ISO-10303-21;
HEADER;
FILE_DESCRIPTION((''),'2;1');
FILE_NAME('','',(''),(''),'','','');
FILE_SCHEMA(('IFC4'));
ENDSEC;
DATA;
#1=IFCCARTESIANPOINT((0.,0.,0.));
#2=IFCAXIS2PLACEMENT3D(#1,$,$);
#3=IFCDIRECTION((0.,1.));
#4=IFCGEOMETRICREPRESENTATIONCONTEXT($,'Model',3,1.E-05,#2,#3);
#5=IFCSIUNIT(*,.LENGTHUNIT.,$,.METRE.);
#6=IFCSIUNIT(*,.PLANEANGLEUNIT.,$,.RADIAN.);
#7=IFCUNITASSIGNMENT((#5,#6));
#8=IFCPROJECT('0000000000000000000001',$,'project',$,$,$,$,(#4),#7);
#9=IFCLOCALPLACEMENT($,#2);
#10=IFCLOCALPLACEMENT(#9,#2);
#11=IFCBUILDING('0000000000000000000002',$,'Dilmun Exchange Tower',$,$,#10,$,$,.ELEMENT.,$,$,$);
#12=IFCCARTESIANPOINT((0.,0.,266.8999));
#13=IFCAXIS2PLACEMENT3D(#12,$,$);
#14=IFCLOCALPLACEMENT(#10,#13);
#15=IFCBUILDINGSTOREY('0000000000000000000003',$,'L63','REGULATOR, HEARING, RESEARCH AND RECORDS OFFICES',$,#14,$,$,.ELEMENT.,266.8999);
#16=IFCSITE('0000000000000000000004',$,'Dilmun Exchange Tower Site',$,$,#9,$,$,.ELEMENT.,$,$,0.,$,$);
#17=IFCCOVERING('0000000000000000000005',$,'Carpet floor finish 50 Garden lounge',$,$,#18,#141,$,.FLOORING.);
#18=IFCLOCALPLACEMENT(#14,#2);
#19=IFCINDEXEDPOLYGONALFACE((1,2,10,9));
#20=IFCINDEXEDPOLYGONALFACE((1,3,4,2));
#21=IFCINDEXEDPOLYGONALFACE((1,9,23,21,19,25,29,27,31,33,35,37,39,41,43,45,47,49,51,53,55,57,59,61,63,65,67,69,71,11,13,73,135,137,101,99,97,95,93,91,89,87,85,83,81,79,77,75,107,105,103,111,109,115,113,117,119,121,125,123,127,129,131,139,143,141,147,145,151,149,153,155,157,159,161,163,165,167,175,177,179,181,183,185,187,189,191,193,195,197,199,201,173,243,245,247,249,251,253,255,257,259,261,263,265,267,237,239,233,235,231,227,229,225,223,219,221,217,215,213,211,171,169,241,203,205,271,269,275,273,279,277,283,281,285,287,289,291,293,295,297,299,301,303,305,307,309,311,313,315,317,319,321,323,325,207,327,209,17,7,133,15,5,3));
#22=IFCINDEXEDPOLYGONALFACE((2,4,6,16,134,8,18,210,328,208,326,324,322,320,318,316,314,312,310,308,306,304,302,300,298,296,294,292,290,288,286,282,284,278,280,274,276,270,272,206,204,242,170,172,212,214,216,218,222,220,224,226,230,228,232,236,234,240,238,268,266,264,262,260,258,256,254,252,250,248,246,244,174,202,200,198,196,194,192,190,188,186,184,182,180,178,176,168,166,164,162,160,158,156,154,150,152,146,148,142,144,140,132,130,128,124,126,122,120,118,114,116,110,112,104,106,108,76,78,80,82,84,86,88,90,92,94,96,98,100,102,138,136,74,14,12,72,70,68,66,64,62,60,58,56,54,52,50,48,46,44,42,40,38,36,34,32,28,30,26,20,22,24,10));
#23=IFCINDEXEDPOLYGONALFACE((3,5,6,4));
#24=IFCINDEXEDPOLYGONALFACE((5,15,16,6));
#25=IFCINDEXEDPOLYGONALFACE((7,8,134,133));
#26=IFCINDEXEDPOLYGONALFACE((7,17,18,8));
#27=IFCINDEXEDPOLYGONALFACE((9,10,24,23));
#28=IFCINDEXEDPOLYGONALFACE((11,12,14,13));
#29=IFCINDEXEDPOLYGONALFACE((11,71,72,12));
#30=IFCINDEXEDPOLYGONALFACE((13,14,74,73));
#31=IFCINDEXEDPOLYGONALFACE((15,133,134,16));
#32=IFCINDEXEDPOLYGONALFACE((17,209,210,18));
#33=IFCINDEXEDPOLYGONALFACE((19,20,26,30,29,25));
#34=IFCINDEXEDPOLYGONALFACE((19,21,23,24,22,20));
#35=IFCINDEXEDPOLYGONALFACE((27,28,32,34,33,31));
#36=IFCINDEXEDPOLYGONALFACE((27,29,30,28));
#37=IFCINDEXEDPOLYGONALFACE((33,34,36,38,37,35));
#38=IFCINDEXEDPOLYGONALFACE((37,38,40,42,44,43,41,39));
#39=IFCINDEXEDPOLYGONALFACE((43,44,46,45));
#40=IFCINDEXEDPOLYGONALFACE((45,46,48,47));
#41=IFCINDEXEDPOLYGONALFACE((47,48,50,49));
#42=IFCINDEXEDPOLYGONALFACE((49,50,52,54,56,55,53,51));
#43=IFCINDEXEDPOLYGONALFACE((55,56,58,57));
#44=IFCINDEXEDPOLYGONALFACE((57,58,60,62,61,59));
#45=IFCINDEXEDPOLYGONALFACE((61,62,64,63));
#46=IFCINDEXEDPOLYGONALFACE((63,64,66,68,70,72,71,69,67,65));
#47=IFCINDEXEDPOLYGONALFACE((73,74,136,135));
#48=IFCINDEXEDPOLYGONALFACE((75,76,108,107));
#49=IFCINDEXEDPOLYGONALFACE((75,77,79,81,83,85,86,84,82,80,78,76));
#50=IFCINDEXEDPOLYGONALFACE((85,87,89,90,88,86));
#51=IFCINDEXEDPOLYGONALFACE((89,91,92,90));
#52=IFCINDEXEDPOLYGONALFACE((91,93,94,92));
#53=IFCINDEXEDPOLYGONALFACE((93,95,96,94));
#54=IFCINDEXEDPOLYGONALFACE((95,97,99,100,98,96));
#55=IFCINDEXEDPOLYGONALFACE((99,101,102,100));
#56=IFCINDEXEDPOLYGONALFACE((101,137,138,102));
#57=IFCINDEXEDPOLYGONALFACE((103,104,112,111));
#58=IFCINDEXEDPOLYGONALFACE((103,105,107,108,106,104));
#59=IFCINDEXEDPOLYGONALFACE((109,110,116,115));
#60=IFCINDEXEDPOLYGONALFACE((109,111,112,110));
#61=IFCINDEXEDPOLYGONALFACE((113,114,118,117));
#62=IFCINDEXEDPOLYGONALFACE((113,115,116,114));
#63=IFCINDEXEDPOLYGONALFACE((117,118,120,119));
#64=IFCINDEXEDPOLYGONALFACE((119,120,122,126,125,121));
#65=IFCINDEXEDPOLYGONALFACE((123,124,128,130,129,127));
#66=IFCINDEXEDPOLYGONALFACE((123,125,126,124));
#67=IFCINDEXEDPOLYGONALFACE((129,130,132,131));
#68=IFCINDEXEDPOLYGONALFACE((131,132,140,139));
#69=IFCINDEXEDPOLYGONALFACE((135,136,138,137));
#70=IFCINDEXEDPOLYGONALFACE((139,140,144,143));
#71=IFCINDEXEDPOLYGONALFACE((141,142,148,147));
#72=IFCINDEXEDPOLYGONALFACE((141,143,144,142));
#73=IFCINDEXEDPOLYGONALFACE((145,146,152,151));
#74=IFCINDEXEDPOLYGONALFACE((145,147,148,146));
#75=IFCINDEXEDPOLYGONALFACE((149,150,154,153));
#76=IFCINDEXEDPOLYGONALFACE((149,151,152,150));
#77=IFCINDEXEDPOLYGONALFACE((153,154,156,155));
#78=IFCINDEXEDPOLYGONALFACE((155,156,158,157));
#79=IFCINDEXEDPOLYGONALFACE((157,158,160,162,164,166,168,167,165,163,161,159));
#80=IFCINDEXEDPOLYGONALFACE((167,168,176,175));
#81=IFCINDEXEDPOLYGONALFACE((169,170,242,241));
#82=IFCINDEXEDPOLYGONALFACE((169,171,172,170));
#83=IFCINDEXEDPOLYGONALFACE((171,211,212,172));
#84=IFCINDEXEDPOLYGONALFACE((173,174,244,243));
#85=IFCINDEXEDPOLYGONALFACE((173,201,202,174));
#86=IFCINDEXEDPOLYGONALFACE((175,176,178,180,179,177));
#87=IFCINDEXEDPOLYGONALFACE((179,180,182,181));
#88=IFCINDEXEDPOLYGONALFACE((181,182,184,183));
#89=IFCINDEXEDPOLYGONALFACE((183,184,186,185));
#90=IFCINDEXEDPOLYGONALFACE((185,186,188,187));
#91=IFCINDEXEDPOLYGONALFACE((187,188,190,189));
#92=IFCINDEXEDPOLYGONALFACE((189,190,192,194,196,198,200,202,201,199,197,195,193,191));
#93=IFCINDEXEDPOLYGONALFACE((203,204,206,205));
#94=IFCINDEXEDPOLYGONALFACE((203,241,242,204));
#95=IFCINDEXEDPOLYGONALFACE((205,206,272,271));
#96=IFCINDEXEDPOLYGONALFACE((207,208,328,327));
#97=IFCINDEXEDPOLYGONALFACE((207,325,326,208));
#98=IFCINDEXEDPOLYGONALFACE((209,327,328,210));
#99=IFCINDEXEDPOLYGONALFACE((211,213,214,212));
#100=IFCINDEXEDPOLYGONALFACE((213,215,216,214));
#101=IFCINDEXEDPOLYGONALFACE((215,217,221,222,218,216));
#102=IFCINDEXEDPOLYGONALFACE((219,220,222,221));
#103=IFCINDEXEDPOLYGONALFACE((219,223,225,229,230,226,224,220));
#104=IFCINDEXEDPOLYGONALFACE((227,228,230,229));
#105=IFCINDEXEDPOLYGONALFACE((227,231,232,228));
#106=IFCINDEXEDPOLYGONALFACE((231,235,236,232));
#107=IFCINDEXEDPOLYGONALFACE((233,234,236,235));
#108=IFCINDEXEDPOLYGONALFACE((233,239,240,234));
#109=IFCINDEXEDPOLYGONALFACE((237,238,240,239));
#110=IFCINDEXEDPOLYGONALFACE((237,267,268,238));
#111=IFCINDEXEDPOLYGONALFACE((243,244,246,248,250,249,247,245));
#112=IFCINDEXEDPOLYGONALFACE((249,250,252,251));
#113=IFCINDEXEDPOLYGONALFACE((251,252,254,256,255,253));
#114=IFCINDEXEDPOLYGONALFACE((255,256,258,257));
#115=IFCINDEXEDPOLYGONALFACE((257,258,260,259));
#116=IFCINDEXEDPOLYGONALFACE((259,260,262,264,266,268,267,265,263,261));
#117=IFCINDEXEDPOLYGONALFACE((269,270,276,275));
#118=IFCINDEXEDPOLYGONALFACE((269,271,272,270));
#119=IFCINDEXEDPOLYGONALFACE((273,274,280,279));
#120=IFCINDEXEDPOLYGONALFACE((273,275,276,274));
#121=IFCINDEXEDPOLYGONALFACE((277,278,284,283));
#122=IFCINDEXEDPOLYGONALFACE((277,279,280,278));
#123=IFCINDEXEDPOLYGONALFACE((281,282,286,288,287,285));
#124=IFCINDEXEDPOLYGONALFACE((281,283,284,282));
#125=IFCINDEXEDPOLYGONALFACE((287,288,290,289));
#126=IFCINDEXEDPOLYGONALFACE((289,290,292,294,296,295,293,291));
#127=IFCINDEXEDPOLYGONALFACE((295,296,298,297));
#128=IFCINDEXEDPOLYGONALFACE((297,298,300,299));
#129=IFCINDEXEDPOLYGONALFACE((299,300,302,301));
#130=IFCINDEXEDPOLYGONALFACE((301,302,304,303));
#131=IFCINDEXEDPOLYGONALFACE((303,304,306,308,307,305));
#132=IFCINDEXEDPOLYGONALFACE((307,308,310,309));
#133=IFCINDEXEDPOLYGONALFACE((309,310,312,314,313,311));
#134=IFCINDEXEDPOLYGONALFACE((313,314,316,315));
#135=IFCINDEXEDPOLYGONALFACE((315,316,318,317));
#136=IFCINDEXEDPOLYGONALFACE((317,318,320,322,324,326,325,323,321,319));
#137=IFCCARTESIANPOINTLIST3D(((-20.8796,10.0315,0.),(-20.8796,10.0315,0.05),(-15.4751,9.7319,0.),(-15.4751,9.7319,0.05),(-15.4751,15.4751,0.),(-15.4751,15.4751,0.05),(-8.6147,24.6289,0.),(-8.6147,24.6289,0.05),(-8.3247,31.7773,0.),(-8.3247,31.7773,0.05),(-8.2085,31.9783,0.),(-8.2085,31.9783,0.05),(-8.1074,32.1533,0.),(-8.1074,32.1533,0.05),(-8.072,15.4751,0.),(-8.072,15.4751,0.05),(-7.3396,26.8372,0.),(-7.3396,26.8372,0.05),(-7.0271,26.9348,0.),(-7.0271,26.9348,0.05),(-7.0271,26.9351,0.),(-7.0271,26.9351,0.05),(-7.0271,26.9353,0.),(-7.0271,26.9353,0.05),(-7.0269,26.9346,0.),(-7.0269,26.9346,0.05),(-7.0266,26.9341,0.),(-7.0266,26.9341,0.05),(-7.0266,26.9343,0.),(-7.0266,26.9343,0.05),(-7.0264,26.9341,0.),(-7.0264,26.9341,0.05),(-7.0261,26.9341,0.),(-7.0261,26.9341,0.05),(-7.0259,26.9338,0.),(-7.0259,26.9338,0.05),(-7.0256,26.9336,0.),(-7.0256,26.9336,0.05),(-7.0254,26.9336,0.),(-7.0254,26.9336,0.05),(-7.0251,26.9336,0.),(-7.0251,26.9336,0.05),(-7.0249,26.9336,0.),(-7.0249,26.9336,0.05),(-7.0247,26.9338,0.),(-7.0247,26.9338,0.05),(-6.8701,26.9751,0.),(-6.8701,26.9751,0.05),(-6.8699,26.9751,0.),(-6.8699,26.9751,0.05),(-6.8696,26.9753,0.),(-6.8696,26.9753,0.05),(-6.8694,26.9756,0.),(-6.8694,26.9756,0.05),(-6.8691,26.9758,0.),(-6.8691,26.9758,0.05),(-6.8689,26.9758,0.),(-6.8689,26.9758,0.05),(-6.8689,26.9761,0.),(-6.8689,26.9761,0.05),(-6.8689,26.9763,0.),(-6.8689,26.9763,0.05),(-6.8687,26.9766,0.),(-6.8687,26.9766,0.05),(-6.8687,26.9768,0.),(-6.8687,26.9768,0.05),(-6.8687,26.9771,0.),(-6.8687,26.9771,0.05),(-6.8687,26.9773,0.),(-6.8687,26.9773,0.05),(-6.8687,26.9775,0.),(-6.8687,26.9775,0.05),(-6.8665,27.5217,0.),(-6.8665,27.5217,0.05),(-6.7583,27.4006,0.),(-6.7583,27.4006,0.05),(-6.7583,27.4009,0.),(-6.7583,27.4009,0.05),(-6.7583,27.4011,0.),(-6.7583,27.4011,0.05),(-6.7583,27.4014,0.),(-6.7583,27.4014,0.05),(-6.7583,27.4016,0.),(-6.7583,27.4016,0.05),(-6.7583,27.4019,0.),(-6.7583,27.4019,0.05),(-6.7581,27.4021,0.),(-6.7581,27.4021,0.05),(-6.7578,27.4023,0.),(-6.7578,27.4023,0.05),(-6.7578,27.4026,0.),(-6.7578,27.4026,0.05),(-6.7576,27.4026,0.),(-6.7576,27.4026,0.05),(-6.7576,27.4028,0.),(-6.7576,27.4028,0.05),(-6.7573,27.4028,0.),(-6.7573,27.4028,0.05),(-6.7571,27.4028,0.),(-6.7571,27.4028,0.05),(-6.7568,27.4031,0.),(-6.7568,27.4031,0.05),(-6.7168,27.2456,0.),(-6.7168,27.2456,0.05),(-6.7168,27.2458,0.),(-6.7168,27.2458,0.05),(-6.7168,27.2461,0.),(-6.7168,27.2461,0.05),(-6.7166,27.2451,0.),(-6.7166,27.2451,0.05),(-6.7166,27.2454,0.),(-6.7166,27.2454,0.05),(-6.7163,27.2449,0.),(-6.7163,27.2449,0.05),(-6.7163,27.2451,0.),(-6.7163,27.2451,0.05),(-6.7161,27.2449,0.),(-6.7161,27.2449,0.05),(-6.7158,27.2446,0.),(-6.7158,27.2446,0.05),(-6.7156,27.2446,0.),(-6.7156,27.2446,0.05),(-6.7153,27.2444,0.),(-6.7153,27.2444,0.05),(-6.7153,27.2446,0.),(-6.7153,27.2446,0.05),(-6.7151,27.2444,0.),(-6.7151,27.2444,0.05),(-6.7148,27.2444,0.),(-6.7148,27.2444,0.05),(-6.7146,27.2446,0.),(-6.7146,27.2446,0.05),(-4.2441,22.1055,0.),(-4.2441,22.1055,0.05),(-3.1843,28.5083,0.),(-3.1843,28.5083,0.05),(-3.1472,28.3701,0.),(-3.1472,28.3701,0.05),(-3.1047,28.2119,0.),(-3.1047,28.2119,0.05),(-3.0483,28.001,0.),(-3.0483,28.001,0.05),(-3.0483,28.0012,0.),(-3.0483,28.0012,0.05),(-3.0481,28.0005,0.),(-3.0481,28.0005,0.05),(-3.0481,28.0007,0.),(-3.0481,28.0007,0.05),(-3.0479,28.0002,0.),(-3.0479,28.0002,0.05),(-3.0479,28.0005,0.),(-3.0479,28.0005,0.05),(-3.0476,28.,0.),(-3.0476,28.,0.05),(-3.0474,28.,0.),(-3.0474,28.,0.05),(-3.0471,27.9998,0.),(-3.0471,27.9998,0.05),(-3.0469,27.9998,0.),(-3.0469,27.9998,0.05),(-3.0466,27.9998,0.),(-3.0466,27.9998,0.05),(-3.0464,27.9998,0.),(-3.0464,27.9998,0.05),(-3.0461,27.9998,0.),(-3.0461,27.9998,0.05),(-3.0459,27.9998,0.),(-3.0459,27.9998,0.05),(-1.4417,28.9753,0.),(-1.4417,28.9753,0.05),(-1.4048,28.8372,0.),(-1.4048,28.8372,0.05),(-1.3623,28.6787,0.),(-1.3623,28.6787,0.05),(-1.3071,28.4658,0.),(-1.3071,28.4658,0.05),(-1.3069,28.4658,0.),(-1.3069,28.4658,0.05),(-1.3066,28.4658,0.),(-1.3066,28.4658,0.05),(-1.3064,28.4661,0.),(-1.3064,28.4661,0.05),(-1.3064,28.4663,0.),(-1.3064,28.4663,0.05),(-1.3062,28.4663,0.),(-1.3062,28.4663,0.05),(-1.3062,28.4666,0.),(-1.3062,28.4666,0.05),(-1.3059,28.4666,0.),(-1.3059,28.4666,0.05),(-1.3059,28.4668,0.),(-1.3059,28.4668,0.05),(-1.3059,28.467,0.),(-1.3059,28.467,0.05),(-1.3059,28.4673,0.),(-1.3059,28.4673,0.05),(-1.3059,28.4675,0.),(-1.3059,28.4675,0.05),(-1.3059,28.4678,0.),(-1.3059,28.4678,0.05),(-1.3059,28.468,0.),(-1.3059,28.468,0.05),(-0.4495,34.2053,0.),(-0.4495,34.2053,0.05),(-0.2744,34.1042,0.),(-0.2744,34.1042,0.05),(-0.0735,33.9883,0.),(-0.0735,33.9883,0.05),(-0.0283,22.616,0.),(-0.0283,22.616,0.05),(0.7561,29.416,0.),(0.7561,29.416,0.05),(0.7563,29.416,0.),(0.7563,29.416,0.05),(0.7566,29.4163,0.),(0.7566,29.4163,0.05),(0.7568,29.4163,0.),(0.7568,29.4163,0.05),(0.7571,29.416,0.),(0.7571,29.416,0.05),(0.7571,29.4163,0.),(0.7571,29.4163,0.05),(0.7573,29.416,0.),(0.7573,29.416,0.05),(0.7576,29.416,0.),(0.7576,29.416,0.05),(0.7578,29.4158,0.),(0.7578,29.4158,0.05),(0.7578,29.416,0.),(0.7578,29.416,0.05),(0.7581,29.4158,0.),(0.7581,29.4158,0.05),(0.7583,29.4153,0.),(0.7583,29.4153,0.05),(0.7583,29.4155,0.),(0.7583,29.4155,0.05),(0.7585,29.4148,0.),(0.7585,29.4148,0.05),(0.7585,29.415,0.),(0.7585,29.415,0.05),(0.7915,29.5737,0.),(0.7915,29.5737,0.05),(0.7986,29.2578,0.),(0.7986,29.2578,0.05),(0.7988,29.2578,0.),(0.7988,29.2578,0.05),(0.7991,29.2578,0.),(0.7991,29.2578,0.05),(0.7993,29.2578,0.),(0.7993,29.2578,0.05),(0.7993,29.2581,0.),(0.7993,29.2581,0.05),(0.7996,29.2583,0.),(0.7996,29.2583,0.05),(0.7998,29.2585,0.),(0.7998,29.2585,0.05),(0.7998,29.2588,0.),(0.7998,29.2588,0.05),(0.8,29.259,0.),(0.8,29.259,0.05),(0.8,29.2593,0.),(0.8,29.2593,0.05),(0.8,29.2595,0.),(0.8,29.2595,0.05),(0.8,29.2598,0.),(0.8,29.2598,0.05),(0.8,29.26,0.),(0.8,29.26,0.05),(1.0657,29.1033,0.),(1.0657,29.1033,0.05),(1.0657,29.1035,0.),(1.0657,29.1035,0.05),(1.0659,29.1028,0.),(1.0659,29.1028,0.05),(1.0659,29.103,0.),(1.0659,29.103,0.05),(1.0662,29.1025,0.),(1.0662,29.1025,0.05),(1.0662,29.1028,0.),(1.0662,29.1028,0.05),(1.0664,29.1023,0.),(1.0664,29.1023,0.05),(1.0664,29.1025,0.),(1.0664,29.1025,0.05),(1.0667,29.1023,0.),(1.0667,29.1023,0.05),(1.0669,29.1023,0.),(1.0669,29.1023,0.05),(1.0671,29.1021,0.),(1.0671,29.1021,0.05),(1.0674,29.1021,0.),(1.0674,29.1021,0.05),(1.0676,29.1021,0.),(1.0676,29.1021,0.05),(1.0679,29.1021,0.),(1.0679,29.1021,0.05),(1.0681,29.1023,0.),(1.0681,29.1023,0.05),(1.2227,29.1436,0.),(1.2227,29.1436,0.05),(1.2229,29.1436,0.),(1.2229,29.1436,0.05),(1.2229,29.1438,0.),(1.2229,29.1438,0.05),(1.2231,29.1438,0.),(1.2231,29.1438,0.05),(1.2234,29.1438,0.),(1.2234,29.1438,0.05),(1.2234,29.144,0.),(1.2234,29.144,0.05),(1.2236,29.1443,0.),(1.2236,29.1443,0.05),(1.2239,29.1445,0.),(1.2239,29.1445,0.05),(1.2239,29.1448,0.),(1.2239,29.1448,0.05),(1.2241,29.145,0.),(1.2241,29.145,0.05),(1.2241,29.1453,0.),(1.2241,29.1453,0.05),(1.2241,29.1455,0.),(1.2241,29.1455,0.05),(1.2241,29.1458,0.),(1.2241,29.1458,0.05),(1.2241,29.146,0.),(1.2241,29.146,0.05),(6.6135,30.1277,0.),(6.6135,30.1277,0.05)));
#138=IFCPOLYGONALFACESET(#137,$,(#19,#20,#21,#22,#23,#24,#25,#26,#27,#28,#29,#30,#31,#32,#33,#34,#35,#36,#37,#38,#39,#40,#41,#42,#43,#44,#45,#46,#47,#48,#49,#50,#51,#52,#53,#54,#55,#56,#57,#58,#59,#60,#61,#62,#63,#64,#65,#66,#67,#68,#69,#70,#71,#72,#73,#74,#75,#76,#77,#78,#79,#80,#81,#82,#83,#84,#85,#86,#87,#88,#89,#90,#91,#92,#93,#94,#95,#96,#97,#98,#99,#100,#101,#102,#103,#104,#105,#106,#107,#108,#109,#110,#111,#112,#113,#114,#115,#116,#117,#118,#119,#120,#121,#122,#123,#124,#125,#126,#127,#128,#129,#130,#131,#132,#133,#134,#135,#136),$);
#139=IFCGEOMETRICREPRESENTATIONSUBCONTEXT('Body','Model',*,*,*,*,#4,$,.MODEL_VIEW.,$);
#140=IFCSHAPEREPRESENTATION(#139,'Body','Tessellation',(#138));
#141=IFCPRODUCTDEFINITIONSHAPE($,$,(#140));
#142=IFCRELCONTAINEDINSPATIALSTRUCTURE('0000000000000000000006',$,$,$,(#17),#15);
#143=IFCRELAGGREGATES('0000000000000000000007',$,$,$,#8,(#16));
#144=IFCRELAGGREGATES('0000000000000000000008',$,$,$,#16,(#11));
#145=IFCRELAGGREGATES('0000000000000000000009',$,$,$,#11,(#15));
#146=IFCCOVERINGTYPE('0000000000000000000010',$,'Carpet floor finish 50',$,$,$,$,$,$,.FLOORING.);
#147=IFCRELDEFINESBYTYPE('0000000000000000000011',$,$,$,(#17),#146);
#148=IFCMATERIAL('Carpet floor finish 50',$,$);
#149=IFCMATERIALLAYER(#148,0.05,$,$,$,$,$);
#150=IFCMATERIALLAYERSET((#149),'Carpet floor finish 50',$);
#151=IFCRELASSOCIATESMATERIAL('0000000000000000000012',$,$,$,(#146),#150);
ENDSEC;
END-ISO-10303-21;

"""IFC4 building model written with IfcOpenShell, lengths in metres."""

from ifc_helpers import new_model, si_unit, direction, frame, origin, place, context, subcontext, project, spatial, polyline, outline, extrude, material, layer, layer_set, type_object, element, save


model = new_model("IFC4")

# Units and contexts
model_context = context("Model", 3, precision=1e-05, world=origin(), true_north=direction((0.0, 1.0)))
body_context = subcontext(model_context, "Body", "Model", "MODEL_VIEW")
ifc_project = project(units=[si_unit("LENGTHUNIT", "METRE"), si_unit("PLANEANGLEUNIT", "RADIAN")], contexts=[model_context])

# Site, building, storey
site_placement = place(None, origin())
site = spatial("IfcSite", under=ifc_project, at=site_placement, Name="Dilmun Exchange Tower Site", CompositionType="ELEMENT", RefElevation=0.0)
building_placement = place(site_placement, origin())
building = spatial("IfcBuilding", under=site, at=building_placement, Name="Dilmun Exchange Tower", CompositionType="ELEMENT")
storey_placement = place(building_placement, frame((0.0, 0.0, 266.8999)))
storey = spatial("IfcBuildingStorey", under=building, at=storey_placement, Name="L63", Description="REGULATOR, HEARING, RESEARCH AND RECORDS OFFICES", CompositionType="ELEMENT", Elevation=266.8999)

# Covering
ifc_material_1 = material(Name="Carpet floor finish 50")
ifc_layer_1 = layer(ifc_material_1, 0.05)
ifc_layer_set_1 = layer_set([ifc_layer_1], Name="Carpet floor finish 50")
covering_type_1 = type_object("IfcCoveringType", Name="Carpet floor finish 50", PredefinedType="FLOORING", material=ifc_layer_set_1)
covering_1_placement = place(storey_placement, origin())
element("IfcCovering", 1, at=covering_1_placement, inside=storey, type_object=covering_type_1, Name="Carpet floor finish 50 Garden lounge", PredefinedType="FLOORING", context=body_context, shape_type="SweptSolid", body=[
    extrude(outline(polyline([(-0.0283, 22.616), (-7.3396, 26.8372), (-8.6147, 24.6289), (-4.2441, 22.1055), (-8.072, 15.4751), (-15.4751, 15.4751), (-15.4751, 9.7319), (-20.8796, 10.0315), (-8.3247, 31.7773), (-7.0271, 26.9353), (-7.0271, 26.9351), (-7.0271, 26.9348), (-7.0269, 26.9346), (-7.0269, 26.9346), (-7.0266, 26.9343), (-7.0266, 26.9341), (-7.0264, 26.9341), (-7.0261, 26.9341), (-7.0259, 26.9338), (-7.0259, 26.9338), (-7.0256, 26.9336), (-7.0254, 26.9336), (-7.0251, 26.9336), (-7.0249, 26.9336), (-7.0249, 26.9336), (-7.0247, 26.9338), (-6.8701, 26.9751), (-6.8699, 26.9751), (-6.8696, 26.9753), (-6.8696, 26.9753), (-6.8694, 26.9756), (-6.8694, 26.9756), (-6.8691, 26.9758), (-6.8689, 26.9758), (-6.8689, 26.9761), (-6.8689, 26.9763), (-6.8687, 26.9766), (-6.8687, 26.9768), (-6.8687, 26.9768), (-6.8687, 26.9771), (-6.8687, 26.9773), (-6.8687, 26.9773), (-6.8687, 26.9775), (-8.2085, 31.9783), (-8.1074, 32.1533), (-6.8665, 27.5217), (-3.1843, 28.5083), (-3.1472, 28.3701), (-6.7568, 27.4031), (-6.7571, 27.4028), (-6.7573, 27.4028), (-6.7576, 27.4028), (-6.7576, 27.4026), (-6.7578, 27.4026), (-6.7578, 27.4023), (-6.7581, 27.4021), (-6.7581, 27.4021), (-6.7583, 27.4019), (-6.7583, 27.4016), (-6.7583, 27.4016), (-6.7583, 27.4014), (-6.7583, 27.4011), (-6.7583, 27.4009), (-6.7583, 27.4006), (-6.7583, 27.4006), (-6.7168, 27.2461), (-6.7168, 27.2458), (-6.7168, 27.2456), (-6.7168, 27.2456), (-6.7166, 27.2454), (-6.7166, 27.2451), (-6.7163, 27.2451), (-6.7163, 27.2449), (-6.7161, 27.2449), (-6.7158, 27.2446), (-6.7156, 27.2446), (-6.7153, 27.2446), (-6.7153, 27.2444), (-6.7151, 27.2444), (-6.7148, 27.2444), (-6.7146, 27.2446), (-6.7146, 27.2446), (-3.1047, 28.2119), (-3.0483, 28.0012), (-3.0483, 28.001), (-3.0481, 28.0007), (-3.0481, 28.0007), (-3.0481, 28.0005), (-3.0479, 28.0005), (-3.0479, 28.0002), (-3.0476, 28.0), (-3.0476, 28.0), (-3.0474, 28.0), (-3.0471, 27.9998), (-3.0469, 27.9998), (-3.0466, 27.9998), (-3.0464, 27.9998), (-3.0464, 27.9998), (-3.0461, 27.9998), (-3.0459, 27.9998), (-1.3071, 28.4658), (-1.3069, 28.4658), (-1.3069, 28.4658), (-1.3066, 28.4658), (-1.3064, 28.4661), (-1.3064, 28.4663), (-1.3062, 28.4663), (-1.3062, 28.4666), (-1.3059, 28.4666), (-1.3059, 28.4668), (-1.3059, 28.467), (-1.3059, 28.4673), (-1.3059, 28.4673), (-1.3059, 28.4675), (-1.3059, 28.4678), (-1.3059, 28.468), (-1.3059, 28.468), (-1.3623, 28.6787), (0.7986, 29.2578), (0.7988, 29.2578), (0.7991, 29.2578), (0.7993, 29.2578), (0.7993, 29.2581), (0.7996, 29.2583), (0.7996, 29.2583), (0.7998, 29.2585), (0.7998, 29.2585), (0.7998, 29.2588), (0.8, 29.259), (0.8, 29.2593), (0.8, 29.2595), (0.8, 29.2595), (0.8, 29.2598), (0.8, 29.26), (0.8, 29.26), (0.7585, 29.4148), (0.7585, 29.4148), (0.7585, 29.415), (0.7583, 29.4153), (0.7583, 29.4153), (0.7583, 29.4155), (0.7581, 29.4158), (0.7578, 29.4158), (0.7578, 29.416), (0.7576, 29.416), (0.7573, 29.416), (0.7571, 29.416), (0.7571, 29.4163), (0.7568, 29.4163), (0.7566, 29.4163), (0.7563, 29.416), (0.7561, 29.416), (-1.4048, 28.8372), (-1.4417, 28.9753), (0.7915, 29.5737), (-0.4495, 34.2053), (-0.2744, 34.1042), (1.0657, 29.1035), (1.0657, 29.1035), (1.0657, 29.1033), (1.0659, 29.103), (1.0659, 29.1028), (1.0662, 29.1028), (1.0662, 29.1025), (1.0664, 29.1025), (1.0664, 29.1023), (1.0667, 29.1023), (1.0669, 29.1023), (1.0671, 29.1021), (1.0674, 29.1021), (1.0674, 29.1021), (1.0676, 29.1021), (1.0679, 29.1021), (1.0681, 29.1023), (1.2227, 29.1436), (1.2229, 29.1436), (1.2229, 29.1438), (1.2231, 29.1438), (1.2234, 29.1438), (1.2234, 29.144), (1.2236, 29.1443), (1.2236, 29.1443), (1.2239, 29.1445), (1.2239, 29.1448), (1.2241, 29.145), (1.2241, 29.145), (1.2241, 29.1453), (1.2241, 29.1455), (1.2241, 29.1455), (1.2241, 29.1458), (1.2241, 29.146), (-0.0735, 33.9883), (6.6135, 30.1277), (-0.0283, 22.616)])), origin(), (0.0, 0.0, 1.0), 0.05),
])

save(model, "model.ifc")
